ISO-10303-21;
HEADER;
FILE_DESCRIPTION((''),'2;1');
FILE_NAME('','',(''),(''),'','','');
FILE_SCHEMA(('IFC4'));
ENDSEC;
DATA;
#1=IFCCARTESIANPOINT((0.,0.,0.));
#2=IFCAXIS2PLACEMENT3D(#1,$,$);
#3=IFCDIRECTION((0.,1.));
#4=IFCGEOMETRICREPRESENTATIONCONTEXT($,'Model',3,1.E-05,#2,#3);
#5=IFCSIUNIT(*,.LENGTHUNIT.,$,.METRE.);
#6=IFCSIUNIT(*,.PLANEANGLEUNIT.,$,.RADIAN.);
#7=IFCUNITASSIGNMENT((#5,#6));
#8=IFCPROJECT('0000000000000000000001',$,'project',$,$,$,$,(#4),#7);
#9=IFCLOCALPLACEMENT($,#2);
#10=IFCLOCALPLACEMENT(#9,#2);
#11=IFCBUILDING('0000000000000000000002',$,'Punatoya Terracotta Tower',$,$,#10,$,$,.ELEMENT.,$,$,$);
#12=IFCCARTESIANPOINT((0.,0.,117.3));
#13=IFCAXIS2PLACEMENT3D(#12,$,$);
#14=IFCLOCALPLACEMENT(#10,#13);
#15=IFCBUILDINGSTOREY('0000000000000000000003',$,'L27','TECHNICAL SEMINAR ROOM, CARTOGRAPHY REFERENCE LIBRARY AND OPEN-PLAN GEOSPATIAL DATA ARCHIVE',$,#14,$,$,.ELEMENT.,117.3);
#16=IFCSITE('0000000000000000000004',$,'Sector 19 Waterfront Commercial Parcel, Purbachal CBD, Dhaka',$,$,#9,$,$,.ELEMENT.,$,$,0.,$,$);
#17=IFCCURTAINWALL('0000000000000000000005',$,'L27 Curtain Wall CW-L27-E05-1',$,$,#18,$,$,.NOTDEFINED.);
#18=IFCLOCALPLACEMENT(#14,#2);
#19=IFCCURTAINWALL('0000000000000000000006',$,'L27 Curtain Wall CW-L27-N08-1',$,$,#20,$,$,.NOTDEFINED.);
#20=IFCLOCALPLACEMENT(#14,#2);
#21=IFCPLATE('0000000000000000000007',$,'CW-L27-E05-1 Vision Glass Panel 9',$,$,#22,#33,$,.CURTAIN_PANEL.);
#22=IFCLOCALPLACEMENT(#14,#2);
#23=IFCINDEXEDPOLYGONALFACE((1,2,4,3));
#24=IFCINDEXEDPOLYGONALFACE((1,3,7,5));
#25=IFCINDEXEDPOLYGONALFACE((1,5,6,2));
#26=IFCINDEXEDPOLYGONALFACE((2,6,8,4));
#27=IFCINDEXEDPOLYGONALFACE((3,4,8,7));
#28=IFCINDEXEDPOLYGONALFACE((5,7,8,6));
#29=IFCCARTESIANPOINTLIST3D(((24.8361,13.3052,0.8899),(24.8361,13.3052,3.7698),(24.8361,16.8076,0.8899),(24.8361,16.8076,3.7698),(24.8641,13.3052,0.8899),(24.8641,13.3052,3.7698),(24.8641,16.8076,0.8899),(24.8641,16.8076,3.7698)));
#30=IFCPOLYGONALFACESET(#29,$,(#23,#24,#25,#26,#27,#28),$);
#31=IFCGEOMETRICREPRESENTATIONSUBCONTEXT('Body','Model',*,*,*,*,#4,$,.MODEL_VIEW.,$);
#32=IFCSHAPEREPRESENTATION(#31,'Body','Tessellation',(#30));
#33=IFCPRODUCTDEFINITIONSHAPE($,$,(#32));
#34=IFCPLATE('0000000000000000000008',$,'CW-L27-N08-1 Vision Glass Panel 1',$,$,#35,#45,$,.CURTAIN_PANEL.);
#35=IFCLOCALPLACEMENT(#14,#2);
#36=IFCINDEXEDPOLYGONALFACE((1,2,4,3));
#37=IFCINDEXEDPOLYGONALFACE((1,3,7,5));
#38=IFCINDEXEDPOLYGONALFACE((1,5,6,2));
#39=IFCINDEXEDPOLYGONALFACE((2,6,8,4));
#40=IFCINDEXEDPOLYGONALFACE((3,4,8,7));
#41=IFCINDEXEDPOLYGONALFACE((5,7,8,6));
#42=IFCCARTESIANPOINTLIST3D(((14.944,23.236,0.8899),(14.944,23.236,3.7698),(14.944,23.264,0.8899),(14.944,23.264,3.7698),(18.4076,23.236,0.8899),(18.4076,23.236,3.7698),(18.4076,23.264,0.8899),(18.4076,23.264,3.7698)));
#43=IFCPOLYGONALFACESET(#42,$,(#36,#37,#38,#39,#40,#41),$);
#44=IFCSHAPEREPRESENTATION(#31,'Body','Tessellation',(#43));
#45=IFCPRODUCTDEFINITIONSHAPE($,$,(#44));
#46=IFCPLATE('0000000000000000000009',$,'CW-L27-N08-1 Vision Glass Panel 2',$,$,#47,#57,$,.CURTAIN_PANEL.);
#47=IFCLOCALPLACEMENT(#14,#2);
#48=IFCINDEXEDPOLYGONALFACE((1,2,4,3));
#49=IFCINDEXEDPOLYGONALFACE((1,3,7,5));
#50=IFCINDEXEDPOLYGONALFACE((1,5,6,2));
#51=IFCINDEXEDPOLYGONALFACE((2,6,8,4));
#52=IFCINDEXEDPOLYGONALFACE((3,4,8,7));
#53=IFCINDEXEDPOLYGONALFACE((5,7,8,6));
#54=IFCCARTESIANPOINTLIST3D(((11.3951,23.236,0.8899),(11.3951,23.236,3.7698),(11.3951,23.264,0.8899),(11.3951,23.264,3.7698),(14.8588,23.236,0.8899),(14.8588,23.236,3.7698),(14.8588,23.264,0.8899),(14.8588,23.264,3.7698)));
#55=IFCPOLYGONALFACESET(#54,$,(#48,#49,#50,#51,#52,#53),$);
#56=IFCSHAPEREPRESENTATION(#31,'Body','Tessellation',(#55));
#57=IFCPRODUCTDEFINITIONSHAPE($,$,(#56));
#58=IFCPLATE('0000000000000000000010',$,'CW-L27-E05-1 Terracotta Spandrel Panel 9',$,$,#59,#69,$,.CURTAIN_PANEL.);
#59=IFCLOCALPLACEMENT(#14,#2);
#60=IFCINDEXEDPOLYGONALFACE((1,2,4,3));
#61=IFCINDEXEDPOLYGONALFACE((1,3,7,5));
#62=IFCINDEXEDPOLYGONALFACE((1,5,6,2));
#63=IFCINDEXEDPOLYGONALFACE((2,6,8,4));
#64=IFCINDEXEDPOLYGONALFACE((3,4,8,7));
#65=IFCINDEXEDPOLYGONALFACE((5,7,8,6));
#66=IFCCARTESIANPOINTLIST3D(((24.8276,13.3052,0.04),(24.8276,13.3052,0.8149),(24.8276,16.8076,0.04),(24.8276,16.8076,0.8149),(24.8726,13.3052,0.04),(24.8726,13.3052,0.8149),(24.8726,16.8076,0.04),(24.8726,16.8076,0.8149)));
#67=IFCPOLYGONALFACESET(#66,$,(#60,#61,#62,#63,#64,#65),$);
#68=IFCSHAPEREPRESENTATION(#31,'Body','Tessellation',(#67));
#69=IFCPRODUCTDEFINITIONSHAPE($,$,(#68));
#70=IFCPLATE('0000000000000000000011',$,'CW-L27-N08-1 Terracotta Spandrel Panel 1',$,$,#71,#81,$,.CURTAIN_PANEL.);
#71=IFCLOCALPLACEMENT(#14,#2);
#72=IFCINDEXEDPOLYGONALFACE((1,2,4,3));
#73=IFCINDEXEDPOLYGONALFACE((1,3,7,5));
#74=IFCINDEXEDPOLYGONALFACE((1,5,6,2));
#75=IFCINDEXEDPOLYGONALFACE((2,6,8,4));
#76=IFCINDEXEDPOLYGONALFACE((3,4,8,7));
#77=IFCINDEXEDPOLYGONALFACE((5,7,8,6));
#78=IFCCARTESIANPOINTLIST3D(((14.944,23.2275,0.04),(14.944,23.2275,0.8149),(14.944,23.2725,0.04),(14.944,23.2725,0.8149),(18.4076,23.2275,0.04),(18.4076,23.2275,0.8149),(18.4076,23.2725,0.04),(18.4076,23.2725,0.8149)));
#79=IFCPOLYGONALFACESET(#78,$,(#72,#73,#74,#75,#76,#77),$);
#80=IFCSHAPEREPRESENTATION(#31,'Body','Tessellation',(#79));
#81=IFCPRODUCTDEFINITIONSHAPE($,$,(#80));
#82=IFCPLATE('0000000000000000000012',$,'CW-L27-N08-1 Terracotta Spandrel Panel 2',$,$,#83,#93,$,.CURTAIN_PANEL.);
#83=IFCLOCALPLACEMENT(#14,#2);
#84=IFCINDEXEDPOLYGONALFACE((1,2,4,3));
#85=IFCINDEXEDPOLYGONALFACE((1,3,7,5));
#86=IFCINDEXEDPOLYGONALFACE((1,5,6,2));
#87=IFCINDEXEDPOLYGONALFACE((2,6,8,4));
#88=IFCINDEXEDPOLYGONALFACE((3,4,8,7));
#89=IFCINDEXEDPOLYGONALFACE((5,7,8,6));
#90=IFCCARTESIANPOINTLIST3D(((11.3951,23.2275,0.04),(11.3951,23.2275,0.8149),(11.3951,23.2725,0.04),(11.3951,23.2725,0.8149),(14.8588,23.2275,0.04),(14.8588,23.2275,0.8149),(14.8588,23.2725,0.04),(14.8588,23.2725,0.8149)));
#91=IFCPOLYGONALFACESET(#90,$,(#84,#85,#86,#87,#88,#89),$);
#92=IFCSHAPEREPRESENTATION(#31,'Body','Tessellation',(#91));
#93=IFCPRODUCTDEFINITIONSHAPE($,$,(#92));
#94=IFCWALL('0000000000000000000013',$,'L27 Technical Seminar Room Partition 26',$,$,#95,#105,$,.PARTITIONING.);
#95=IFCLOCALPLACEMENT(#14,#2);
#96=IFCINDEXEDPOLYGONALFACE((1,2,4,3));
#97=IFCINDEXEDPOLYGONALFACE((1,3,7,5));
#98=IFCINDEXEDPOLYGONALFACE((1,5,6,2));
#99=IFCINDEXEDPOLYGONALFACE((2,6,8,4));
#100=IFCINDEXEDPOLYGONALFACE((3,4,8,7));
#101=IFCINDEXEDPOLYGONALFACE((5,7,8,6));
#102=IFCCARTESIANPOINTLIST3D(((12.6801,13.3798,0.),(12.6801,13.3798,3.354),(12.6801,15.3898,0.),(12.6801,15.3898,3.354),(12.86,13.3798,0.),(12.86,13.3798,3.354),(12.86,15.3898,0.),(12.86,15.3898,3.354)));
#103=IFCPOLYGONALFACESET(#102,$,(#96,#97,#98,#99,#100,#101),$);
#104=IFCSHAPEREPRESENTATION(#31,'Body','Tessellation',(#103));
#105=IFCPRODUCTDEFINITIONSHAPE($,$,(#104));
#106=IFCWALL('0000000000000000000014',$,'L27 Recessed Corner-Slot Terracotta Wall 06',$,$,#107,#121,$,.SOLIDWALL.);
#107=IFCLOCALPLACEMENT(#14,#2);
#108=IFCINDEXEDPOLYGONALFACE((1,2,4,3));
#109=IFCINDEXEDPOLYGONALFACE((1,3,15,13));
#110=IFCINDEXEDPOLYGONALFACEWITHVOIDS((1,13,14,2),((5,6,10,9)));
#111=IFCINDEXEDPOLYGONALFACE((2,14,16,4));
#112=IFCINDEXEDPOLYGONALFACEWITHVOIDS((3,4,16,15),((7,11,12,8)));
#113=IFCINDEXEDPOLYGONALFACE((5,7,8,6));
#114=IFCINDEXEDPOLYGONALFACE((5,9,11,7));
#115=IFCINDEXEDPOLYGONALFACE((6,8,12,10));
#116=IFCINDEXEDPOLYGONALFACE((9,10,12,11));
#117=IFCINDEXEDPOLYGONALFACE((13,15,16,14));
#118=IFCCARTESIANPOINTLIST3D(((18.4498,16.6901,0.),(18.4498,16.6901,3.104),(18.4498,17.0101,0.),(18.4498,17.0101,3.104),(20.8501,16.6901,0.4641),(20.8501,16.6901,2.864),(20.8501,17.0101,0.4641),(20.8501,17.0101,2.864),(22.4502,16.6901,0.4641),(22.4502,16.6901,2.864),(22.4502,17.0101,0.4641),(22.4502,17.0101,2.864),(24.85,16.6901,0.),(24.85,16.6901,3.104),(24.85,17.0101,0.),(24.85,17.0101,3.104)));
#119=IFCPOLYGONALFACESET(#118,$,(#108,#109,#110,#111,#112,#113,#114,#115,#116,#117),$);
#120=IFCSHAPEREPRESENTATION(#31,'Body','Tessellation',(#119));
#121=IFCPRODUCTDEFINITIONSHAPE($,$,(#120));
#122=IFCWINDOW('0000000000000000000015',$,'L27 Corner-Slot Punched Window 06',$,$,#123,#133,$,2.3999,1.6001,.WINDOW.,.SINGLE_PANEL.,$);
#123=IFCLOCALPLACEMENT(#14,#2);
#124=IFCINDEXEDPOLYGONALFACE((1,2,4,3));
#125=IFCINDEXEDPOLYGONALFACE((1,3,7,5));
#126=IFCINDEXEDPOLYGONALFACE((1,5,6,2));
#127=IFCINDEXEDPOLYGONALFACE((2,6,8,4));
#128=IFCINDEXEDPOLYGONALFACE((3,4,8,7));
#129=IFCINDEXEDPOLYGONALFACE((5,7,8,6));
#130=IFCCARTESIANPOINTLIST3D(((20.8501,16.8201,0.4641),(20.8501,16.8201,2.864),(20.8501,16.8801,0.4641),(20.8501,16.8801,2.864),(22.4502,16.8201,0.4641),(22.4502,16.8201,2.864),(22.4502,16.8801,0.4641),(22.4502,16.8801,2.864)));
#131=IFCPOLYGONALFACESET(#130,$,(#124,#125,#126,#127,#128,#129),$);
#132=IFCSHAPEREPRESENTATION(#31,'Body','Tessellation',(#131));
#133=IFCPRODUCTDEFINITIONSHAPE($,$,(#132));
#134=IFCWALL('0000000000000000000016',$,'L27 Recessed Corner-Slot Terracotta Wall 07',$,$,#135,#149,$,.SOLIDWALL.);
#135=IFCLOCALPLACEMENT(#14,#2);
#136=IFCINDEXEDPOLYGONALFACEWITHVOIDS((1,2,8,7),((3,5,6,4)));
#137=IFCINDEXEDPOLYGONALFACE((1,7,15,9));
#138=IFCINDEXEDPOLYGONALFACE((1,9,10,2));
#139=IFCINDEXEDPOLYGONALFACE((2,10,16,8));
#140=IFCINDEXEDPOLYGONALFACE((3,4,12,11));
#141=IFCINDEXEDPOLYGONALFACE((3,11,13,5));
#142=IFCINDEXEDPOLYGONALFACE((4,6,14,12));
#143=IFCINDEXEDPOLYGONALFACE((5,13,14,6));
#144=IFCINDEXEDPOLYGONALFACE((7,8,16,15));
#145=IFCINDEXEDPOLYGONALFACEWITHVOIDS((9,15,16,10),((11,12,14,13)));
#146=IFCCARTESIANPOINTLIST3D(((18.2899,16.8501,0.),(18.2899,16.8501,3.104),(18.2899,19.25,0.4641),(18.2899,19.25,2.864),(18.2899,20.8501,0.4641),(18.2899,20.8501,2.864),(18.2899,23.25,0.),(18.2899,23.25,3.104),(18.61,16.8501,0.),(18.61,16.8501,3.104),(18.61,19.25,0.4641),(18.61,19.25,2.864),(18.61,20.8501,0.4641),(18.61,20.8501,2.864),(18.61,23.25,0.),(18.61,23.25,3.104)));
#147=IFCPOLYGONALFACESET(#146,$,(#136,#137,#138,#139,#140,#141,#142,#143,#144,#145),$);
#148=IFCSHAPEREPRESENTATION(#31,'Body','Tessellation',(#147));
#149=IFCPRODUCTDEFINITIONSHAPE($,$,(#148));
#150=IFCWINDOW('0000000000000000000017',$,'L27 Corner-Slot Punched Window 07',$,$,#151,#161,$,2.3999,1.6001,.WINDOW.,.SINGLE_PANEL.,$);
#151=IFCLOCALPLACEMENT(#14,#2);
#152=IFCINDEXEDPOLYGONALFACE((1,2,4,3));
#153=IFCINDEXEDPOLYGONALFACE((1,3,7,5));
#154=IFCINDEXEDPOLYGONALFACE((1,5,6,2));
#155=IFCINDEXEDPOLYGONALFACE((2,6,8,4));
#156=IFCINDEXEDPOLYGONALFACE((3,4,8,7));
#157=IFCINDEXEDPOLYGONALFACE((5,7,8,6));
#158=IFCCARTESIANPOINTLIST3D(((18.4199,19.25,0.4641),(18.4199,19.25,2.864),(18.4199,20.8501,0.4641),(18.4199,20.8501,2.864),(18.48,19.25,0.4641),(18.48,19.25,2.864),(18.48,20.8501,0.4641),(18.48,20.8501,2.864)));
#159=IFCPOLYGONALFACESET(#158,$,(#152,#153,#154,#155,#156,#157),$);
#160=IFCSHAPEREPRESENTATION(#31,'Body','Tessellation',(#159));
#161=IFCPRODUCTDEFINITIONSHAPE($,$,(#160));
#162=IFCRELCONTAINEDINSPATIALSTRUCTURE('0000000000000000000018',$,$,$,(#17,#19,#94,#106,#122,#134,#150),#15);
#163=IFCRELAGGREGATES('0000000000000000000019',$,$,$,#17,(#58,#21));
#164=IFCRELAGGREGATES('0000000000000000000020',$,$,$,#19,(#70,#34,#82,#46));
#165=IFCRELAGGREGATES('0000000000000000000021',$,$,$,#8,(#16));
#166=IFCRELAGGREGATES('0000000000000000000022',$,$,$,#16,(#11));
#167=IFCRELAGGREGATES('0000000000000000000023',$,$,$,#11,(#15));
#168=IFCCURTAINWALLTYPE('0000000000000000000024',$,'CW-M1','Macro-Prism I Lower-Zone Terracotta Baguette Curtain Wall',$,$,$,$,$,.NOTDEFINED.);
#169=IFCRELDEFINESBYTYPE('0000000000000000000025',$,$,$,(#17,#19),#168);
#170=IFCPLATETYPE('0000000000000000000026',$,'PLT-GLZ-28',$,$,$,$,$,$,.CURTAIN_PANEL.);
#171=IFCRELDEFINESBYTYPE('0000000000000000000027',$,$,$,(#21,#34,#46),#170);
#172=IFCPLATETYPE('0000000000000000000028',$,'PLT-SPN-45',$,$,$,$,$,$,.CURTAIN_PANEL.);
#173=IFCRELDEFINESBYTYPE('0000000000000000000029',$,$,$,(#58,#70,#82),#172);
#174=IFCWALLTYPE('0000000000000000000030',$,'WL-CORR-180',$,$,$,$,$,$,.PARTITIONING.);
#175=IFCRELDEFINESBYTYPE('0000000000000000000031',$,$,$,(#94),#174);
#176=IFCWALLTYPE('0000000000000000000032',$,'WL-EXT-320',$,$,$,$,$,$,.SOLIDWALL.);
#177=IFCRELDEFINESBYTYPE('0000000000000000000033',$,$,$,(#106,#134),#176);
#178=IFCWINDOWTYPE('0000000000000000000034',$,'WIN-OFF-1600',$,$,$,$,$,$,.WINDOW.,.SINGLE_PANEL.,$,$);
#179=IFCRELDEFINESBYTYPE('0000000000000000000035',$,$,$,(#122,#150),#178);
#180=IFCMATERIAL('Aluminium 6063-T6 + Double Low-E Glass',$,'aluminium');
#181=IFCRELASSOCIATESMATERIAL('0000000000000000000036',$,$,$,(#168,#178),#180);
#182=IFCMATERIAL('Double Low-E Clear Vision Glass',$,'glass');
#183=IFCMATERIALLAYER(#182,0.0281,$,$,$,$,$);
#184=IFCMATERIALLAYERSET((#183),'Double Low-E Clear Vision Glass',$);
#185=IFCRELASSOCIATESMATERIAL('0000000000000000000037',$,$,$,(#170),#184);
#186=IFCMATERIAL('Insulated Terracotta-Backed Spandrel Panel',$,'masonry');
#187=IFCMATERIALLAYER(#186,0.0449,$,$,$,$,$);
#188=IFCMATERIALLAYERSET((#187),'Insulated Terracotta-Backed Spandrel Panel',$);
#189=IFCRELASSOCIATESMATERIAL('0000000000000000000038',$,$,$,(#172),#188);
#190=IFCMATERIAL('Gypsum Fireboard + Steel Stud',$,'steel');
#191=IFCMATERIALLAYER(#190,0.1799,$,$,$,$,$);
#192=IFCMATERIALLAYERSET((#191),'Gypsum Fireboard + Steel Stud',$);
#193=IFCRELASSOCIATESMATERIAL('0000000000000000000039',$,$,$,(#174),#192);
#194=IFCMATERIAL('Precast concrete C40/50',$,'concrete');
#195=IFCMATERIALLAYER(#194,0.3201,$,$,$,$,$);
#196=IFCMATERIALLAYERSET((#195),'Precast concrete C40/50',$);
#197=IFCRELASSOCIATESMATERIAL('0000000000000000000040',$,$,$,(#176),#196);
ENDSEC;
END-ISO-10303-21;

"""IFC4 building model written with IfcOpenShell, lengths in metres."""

from ifc_helpers import new_model, si_unit, direction, frame, frame_2d, origin, origin_2d, place, context, subcontext, project, spatial, rectangle, extrude, material, layer, layer_set, type_object, element, fill, aggregate, save


model = new_model("IFC4")

# Units and contexts
model_context = context("Model", 3, precision=1e-05, world=origin(), true_north=direction((0.0, 1.0)))
body_context = subcontext(model_context, "Body", "Model", "MODEL_VIEW")
ifc_project = project(units=[si_unit("LENGTHUNIT", "METRE"), si_unit("PLANEANGLEUNIT", "RADIAN")], contexts=[model_context])

# Site, building, storey
site_placement = place(None, origin())
site = spatial("IfcSite", under=ifc_project, at=site_placement, Name="Sector 19 Waterfront Commercial Parcel, Purbachal CBD, Dhaka", CompositionType="ELEMENT", RefElevation=0.0)
building_placement = place(site_placement, origin())
building = spatial("IfcBuilding", under=site, at=building_placement, Name="Punatoya Terracotta Tower", CompositionType="ELEMENT")
storey_placement = place(building_placement, frame((0.0, 0.0, 117.3)))
storey = spatial("IfcBuildingStorey", under=building, at=storey_placement, Name="L27", Description="TECHNICAL SEMINAR ROOM, CARTOGRAPHY REFERENCE LIBRARY AND OPEN-PLAN GEOSPATIAL DATA ARCHIVE", CompositionType="ELEMENT", Elevation=117.3)

# Curtain wall
ifc_material_1 = material(Name="Aluminium 6063-T6 + Double Low-E Glass", Category="aluminium")
curtain_wall_type = type_object("IfcCurtainWallType", Name="CW-M1", Description="Macro-Prism I Lower-Zone Terracotta Baguette Curtain Wall", PredefinedType="NOTDEFINED", material=ifc_material_1)
curtain_wall_1_placement = place(storey_placement, origin())
curtain_wall_1 = element("IfcCurtainWall", 1, at=curtain_wall_1_placement, inside=storey, type_object=curtain_wall_type, Name="L27 Curtain Wall CW-L27-E05-1", PredefinedType="NOTDEFINED")

# Curtain wall
curtain_wall_2_placement = place(storey_placement, origin())
curtain_wall_2 = element("IfcCurtainWall", 2, at=curtain_wall_2_placement, inside=storey, type_object=curtain_wall_type, Name="L27 Curtain Wall CW-L27-N08-1", PredefinedType="NOTDEFINED")

# Plates
ifc_material_2 = material(Name="Double Low-E Clear Vision Glass", Category="glass")
ifc_layer_1 = layer(ifc_material_2, 0.0281)
ifc_layer_set_1 = layer_set([ifc_layer_1], Name="Double Low-E Clear Vision Glass")
plate_type_1 = type_object("IfcPlateType", Name="PLT-GLZ-28", PredefinedType="CURTAIN_PANEL", material=ifc_layer_set_1)
plate_1_placement = place(storey_placement, frame((24.8501, 15.0564, 0.8899), z_axis=(0.0, 0.0, 1.0), x_axis=(0.0, 1.0, 0.0)))
plate_1 = element("IfcPlate", 3, at=plate_1_placement, type_object=plate_type_1, Name="CW-L27-E05-1 Vision Glass Panel 9", PredefinedType="CURTAIN_PANEL", context=body_context, shape_type="SweptSolid", body=[
    extrude(rectangle(XDim=3.5024, YDim=0.0281, at=origin_2d()), origin(), (0.0, 0.0, 1.0), 2.8799),
])
plate_2_placement = place(storey_placement, frame((16.6758, 23.25, 0.8899), z_axis=(0.0, 0.0, 1.0), x_axis=(-1.0, 0.0, 0.0)))
plate_2 = element("IfcPlate", 4, at=plate_2_placement, type_object=plate_type_1, Name="CW-L27-N08-1 Vision Glass Panel 1", PredefinedType="CURTAIN_PANEL", context=body_context, shape_type="SweptSolid", body=[
    extrude(rectangle(XDim=3.4636, YDim=0.0281, at=origin_2d()), origin(), (0.0, 0.0, 1.0), 2.8799),
])
plate_3_placement = place(storey_placement, frame((13.127, 23.25, 0.8899), z_axis=(0.0, 0.0, 1.0), x_axis=(-1.0, 0.0, 0.0)))
plate_3 = element("IfcPlate", 5, at=plate_3_placement, type_object=plate_type_1, Name="CW-L27-N08-1 Vision Glass Panel 2", PredefinedType="CURTAIN_PANEL", context=body_context, shape_type="SweptSolid", body=[
    extrude(rectangle(XDim=3.4636, YDim=0.0281, at=origin_2d()), origin(), (0.0, 0.0, 1.0), 2.8799),
])
ifc_material_3 = material(Name="Insulated Terracotta-Backed Spandrel Panel", Category="masonry")
ifc_layer_2 = layer(ifc_material_3, 0.0449)
ifc_layer_set_2 = layer_set([ifc_layer_2], Name="Insulated Terracotta-Backed Spandrel Panel")
plate_type_2 = type_object("IfcPlateType", Name="PLT-SPN-45", PredefinedType="CURTAIN_PANEL", material=ifc_layer_set_2)
plate_4_placement = place(storey_placement, frame((24.8501, 15.0564, 0.04), z_axis=(0.0, 0.0, 1.0), x_axis=(0.0, 1.0, 0.0)))
plate_4 = element("IfcPlate", 6, at=plate_4_placement, type_object=plate_type_2, Name="CW-L27-E05-1 Terracotta Spandrel Panel 9", PredefinedType="CURTAIN_PANEL", context=body_context, shape_type="SweptSolid", body=[
    extrude(rectangle(XDim=3.5024, YDim=0.0449, at=origin_2d()), origin(), (0.0, 0.0, 1.0), 0.7749),
])
aggregate(curtain_wall_1, [plate_4, plate_1])
plate_5_placement = place(storey_placement, frame((16.6758, 23.25, 0.04), z_axis=(0.0, 0.0, 1.0), x_axis=(-1.0, 0.0, 0.0)))
plate_5 = element("IfcPlate", 7, at=plate_5_placement, type_object=plate_type_2, Name="CW-L27-N08-1 Terracotta Spandrel Panel 1", PredefinedType="CURTAIN_PANEL", context=body_context, shape_type="SweptSolid", body=[
    extrude(rectangle(XDim=3.4636, YDim=0.0449, at=origin_2d()), origin(), (0.0, 0.0, 1.0), 0.7749),
])
plate_6_placement = place(storey_placement, frame((13.127, 23.25, 0.04), z_axis=(0.0, 0.0, 1.0), x_axis=(-1.0, 0.0, 0.0)))
plate_6 = element("IfcPlate", 8, at=plate_6_placement, type_object=plate_type_2, Name="CW-L27-N08-1 Terracotta Spandrel Panel 2", PredefinedType="CURTAIN_PANEL", context=body_context, shape_type="SweptSolid", body=[
    extrude(rectangle(XDim=3.4636, YDim=0.0449, at=origin_2d()), origin(), (0.0, 0.0, 1.0), 0.7749),
])
aggregate(curtain_wall_2, [plate_5, plate_2, plate_6, plate_3])

# Wall
ifc_material_4 = material(Name="Gypsum Fireboard + Steel Stud", Category="steel")
ifc_layer_3 = layer(ifc_material_4, 0.1799)
ifc_layer_set_3 = layer_set([ifc_layer_3], Name="Gypsum Fireboard + Steel Stud")
wall_type_1 = type_object("IfcWallType", Name="WL-CORR-180", PredefinedType="PARTITIONING", material=ifc_layer_set_3)
wall_1_placement = place(storey_placement, frame((12.77, 13.3799, 0.0), z_axis=(0.0, 0.0, 1.0), x_axis=(0.0, 1.0, 0.0)))
element("IfcWall", 9, at=wall_1_placement, inside=storey, type_object=wall_type_1, Name="L27 Technical Seminar Room Partition 26", PredefinedType="PARTITIONING", context=body_context, shape_type="SweptSolid", body=[
    extrude(rectangle(XDim=2.01, YDim=0.1799, at=frame_2d((1.0049, 0.0))), origin(), (0.0, 0.0, 1.0), 3.354),
])

# Walls, openings, windows
ifc_material_5 = material(Name="Precast concrete C40/50", Category="concrete")
ifc_layer_4 = layer(ifc_material_5, 0.3201)
ifc_layer_set_4 = layer_set([ifc_layer_4], Name="Precast concrete C40/50")
wall_type_2 = type_object("IfcWallType", Name="WL-EXT-320", PredefinedType="SOLIDWALL", material=ifc_layer_set_4)
wall_2_placement = place(storey_placement, frame((24.8501, 16.8501, 0.0), z_axis=(0.0, 0.0, 1.0), x_axis=(-1.0, 0.0, 0.0)))
wall_2 = element("IfcWall", 10, at=wall_2_placement, inside=storey, type_object=wall_type_2, Name="L27 Recessed Corner-Slot Terracotta Wall 06", PredefinedType="SOLIDWALL", context=body_context, shape_type="SweptSolid", body=[
    extrude(rectangle(XDim=6.4001, YDim=0.3201, at=frame_2d((3.2002, 0.0))), origin(), (0.0, 0.0, 1.0), 3.104),
])
opening_1_placement = place(wall_2_placement, frame((2.3999, 0.0, 0.4641)))
opening_1 = element("IfcOpeningElement", 11, at=opening_1_placement, cuts=wall_2, PredefinedType="OPENING", context=body_context, shape_type="SweptSolid", body=[
    extrude(rectangle(XDim=1.6001, YDim=2.3999, at=frame_2d((0.8, 1.2))), frame((0.0, 0.1699, 0.0), z_axis=(0.0, -1.0, 0.0), x_axis=(1.0, 0.0, 0.0)), (0.0, 0.0, 1.0), 0.3401),
])
window_type = type_object("IfcWindowType", Name="WIN-OFF-1600", PartitioningType="SINGLE_PANEL", PredefinedType="WINDOW", material=ifc_material_1)
window_1_placement = place(opening_1_placement, origin())
window_1 = element("IfcWindow", 12, at=window_1_placement, inside=storey, type_object=window_type, Name="L27 Corner-Slot Punched Window 06", OverallHeight=2.3999, OverallWidth=1.6001, PartitioningType="SINGLE_PANEL", PredefinedType="WINDOW", context=body_context, shape_type="SweptSolid", body=[
    extrude(rectangle(XDim=1.6001, YDim=2.3999, at=frame_2d((0.8, 1.2))), frame((0.0, 0.03, 0.0), z_axis=(0.0, -1.0, 0.0), x_axis=(1.0, 0.0, 0.0)), (0.0, 0.0, 1.0), 0.0601),
])
fill(opening_1, window_1)
wall_3_placement = place(storey_placement, frame((18.45, 16.8501, 0.0), z_axis=(0.0, 0.0, 1.0), x_axis=(0.0, 1.0, 0.0)))
wall_3 = element("IfcWall", 13, at=wall_3_placement, inside=storey, type_object=wall_type_2, Name="L27 Recessed Corner-Slot Terracotta Wall 07", PredefinedType="SOLIDWALL", context=body_context, shape_type="SweptSolid", body=[
    extrude(rectangle(XDim=6.3999, YDim=0.3201, at=frame_2d((3.2, 0.0))), origin(), (0.0, 0.0, 1.0), 3.104),
])
opening_2_placement = place(wall_3_placement, frame((2.3999, 0.0, 0.4641)))
opening_2 = element("IfcOpeningElement", 14, at=opening_2_placement, cuts=wall_3, PredefinedType="OPENING", context=body_context, shape_type="SweptSolid", body=[
    extrude(rectangle(XDim=1.6001, YDim=2.3999, at=frame_2d((0.8, 1.2))), frame((0.0, 0.1699, 0.0), z_axis=(0.0, -1.0, 0.0), x_axis=(1.0, 0.0, 0.0)), (0.0, 0.0, 1.0), 0.3401),
])
window_2_placement = place(opening_2_placement, origin())
window_2 = element("IfcWindow", 15, at=window_2_placement, inside=storey, type_object=window_type, Name="L27 Corner-Slot Punched Window 07", OverallHeight=2.3999, OverallWidth=1.6001, PartitioningType="SINGLE_PANEL", PredefinedType="WINDOW", context=body_context, shape_type="SweptSolid", body=[
    extrude(rectangle(XDim=1.6001, YDim=2.3999, at=frame_2d((0.8, 1.2))), frame((0.0, 0.03, 0.0), z_axis=(0.0, -1.0, 0.0), x_axis=(1.0, 0.0, 0.0)), (0.0, 0.0, 1.0), 0.0601),
])
fill(opening_2, window_2)

save(model, "model.ifc")
